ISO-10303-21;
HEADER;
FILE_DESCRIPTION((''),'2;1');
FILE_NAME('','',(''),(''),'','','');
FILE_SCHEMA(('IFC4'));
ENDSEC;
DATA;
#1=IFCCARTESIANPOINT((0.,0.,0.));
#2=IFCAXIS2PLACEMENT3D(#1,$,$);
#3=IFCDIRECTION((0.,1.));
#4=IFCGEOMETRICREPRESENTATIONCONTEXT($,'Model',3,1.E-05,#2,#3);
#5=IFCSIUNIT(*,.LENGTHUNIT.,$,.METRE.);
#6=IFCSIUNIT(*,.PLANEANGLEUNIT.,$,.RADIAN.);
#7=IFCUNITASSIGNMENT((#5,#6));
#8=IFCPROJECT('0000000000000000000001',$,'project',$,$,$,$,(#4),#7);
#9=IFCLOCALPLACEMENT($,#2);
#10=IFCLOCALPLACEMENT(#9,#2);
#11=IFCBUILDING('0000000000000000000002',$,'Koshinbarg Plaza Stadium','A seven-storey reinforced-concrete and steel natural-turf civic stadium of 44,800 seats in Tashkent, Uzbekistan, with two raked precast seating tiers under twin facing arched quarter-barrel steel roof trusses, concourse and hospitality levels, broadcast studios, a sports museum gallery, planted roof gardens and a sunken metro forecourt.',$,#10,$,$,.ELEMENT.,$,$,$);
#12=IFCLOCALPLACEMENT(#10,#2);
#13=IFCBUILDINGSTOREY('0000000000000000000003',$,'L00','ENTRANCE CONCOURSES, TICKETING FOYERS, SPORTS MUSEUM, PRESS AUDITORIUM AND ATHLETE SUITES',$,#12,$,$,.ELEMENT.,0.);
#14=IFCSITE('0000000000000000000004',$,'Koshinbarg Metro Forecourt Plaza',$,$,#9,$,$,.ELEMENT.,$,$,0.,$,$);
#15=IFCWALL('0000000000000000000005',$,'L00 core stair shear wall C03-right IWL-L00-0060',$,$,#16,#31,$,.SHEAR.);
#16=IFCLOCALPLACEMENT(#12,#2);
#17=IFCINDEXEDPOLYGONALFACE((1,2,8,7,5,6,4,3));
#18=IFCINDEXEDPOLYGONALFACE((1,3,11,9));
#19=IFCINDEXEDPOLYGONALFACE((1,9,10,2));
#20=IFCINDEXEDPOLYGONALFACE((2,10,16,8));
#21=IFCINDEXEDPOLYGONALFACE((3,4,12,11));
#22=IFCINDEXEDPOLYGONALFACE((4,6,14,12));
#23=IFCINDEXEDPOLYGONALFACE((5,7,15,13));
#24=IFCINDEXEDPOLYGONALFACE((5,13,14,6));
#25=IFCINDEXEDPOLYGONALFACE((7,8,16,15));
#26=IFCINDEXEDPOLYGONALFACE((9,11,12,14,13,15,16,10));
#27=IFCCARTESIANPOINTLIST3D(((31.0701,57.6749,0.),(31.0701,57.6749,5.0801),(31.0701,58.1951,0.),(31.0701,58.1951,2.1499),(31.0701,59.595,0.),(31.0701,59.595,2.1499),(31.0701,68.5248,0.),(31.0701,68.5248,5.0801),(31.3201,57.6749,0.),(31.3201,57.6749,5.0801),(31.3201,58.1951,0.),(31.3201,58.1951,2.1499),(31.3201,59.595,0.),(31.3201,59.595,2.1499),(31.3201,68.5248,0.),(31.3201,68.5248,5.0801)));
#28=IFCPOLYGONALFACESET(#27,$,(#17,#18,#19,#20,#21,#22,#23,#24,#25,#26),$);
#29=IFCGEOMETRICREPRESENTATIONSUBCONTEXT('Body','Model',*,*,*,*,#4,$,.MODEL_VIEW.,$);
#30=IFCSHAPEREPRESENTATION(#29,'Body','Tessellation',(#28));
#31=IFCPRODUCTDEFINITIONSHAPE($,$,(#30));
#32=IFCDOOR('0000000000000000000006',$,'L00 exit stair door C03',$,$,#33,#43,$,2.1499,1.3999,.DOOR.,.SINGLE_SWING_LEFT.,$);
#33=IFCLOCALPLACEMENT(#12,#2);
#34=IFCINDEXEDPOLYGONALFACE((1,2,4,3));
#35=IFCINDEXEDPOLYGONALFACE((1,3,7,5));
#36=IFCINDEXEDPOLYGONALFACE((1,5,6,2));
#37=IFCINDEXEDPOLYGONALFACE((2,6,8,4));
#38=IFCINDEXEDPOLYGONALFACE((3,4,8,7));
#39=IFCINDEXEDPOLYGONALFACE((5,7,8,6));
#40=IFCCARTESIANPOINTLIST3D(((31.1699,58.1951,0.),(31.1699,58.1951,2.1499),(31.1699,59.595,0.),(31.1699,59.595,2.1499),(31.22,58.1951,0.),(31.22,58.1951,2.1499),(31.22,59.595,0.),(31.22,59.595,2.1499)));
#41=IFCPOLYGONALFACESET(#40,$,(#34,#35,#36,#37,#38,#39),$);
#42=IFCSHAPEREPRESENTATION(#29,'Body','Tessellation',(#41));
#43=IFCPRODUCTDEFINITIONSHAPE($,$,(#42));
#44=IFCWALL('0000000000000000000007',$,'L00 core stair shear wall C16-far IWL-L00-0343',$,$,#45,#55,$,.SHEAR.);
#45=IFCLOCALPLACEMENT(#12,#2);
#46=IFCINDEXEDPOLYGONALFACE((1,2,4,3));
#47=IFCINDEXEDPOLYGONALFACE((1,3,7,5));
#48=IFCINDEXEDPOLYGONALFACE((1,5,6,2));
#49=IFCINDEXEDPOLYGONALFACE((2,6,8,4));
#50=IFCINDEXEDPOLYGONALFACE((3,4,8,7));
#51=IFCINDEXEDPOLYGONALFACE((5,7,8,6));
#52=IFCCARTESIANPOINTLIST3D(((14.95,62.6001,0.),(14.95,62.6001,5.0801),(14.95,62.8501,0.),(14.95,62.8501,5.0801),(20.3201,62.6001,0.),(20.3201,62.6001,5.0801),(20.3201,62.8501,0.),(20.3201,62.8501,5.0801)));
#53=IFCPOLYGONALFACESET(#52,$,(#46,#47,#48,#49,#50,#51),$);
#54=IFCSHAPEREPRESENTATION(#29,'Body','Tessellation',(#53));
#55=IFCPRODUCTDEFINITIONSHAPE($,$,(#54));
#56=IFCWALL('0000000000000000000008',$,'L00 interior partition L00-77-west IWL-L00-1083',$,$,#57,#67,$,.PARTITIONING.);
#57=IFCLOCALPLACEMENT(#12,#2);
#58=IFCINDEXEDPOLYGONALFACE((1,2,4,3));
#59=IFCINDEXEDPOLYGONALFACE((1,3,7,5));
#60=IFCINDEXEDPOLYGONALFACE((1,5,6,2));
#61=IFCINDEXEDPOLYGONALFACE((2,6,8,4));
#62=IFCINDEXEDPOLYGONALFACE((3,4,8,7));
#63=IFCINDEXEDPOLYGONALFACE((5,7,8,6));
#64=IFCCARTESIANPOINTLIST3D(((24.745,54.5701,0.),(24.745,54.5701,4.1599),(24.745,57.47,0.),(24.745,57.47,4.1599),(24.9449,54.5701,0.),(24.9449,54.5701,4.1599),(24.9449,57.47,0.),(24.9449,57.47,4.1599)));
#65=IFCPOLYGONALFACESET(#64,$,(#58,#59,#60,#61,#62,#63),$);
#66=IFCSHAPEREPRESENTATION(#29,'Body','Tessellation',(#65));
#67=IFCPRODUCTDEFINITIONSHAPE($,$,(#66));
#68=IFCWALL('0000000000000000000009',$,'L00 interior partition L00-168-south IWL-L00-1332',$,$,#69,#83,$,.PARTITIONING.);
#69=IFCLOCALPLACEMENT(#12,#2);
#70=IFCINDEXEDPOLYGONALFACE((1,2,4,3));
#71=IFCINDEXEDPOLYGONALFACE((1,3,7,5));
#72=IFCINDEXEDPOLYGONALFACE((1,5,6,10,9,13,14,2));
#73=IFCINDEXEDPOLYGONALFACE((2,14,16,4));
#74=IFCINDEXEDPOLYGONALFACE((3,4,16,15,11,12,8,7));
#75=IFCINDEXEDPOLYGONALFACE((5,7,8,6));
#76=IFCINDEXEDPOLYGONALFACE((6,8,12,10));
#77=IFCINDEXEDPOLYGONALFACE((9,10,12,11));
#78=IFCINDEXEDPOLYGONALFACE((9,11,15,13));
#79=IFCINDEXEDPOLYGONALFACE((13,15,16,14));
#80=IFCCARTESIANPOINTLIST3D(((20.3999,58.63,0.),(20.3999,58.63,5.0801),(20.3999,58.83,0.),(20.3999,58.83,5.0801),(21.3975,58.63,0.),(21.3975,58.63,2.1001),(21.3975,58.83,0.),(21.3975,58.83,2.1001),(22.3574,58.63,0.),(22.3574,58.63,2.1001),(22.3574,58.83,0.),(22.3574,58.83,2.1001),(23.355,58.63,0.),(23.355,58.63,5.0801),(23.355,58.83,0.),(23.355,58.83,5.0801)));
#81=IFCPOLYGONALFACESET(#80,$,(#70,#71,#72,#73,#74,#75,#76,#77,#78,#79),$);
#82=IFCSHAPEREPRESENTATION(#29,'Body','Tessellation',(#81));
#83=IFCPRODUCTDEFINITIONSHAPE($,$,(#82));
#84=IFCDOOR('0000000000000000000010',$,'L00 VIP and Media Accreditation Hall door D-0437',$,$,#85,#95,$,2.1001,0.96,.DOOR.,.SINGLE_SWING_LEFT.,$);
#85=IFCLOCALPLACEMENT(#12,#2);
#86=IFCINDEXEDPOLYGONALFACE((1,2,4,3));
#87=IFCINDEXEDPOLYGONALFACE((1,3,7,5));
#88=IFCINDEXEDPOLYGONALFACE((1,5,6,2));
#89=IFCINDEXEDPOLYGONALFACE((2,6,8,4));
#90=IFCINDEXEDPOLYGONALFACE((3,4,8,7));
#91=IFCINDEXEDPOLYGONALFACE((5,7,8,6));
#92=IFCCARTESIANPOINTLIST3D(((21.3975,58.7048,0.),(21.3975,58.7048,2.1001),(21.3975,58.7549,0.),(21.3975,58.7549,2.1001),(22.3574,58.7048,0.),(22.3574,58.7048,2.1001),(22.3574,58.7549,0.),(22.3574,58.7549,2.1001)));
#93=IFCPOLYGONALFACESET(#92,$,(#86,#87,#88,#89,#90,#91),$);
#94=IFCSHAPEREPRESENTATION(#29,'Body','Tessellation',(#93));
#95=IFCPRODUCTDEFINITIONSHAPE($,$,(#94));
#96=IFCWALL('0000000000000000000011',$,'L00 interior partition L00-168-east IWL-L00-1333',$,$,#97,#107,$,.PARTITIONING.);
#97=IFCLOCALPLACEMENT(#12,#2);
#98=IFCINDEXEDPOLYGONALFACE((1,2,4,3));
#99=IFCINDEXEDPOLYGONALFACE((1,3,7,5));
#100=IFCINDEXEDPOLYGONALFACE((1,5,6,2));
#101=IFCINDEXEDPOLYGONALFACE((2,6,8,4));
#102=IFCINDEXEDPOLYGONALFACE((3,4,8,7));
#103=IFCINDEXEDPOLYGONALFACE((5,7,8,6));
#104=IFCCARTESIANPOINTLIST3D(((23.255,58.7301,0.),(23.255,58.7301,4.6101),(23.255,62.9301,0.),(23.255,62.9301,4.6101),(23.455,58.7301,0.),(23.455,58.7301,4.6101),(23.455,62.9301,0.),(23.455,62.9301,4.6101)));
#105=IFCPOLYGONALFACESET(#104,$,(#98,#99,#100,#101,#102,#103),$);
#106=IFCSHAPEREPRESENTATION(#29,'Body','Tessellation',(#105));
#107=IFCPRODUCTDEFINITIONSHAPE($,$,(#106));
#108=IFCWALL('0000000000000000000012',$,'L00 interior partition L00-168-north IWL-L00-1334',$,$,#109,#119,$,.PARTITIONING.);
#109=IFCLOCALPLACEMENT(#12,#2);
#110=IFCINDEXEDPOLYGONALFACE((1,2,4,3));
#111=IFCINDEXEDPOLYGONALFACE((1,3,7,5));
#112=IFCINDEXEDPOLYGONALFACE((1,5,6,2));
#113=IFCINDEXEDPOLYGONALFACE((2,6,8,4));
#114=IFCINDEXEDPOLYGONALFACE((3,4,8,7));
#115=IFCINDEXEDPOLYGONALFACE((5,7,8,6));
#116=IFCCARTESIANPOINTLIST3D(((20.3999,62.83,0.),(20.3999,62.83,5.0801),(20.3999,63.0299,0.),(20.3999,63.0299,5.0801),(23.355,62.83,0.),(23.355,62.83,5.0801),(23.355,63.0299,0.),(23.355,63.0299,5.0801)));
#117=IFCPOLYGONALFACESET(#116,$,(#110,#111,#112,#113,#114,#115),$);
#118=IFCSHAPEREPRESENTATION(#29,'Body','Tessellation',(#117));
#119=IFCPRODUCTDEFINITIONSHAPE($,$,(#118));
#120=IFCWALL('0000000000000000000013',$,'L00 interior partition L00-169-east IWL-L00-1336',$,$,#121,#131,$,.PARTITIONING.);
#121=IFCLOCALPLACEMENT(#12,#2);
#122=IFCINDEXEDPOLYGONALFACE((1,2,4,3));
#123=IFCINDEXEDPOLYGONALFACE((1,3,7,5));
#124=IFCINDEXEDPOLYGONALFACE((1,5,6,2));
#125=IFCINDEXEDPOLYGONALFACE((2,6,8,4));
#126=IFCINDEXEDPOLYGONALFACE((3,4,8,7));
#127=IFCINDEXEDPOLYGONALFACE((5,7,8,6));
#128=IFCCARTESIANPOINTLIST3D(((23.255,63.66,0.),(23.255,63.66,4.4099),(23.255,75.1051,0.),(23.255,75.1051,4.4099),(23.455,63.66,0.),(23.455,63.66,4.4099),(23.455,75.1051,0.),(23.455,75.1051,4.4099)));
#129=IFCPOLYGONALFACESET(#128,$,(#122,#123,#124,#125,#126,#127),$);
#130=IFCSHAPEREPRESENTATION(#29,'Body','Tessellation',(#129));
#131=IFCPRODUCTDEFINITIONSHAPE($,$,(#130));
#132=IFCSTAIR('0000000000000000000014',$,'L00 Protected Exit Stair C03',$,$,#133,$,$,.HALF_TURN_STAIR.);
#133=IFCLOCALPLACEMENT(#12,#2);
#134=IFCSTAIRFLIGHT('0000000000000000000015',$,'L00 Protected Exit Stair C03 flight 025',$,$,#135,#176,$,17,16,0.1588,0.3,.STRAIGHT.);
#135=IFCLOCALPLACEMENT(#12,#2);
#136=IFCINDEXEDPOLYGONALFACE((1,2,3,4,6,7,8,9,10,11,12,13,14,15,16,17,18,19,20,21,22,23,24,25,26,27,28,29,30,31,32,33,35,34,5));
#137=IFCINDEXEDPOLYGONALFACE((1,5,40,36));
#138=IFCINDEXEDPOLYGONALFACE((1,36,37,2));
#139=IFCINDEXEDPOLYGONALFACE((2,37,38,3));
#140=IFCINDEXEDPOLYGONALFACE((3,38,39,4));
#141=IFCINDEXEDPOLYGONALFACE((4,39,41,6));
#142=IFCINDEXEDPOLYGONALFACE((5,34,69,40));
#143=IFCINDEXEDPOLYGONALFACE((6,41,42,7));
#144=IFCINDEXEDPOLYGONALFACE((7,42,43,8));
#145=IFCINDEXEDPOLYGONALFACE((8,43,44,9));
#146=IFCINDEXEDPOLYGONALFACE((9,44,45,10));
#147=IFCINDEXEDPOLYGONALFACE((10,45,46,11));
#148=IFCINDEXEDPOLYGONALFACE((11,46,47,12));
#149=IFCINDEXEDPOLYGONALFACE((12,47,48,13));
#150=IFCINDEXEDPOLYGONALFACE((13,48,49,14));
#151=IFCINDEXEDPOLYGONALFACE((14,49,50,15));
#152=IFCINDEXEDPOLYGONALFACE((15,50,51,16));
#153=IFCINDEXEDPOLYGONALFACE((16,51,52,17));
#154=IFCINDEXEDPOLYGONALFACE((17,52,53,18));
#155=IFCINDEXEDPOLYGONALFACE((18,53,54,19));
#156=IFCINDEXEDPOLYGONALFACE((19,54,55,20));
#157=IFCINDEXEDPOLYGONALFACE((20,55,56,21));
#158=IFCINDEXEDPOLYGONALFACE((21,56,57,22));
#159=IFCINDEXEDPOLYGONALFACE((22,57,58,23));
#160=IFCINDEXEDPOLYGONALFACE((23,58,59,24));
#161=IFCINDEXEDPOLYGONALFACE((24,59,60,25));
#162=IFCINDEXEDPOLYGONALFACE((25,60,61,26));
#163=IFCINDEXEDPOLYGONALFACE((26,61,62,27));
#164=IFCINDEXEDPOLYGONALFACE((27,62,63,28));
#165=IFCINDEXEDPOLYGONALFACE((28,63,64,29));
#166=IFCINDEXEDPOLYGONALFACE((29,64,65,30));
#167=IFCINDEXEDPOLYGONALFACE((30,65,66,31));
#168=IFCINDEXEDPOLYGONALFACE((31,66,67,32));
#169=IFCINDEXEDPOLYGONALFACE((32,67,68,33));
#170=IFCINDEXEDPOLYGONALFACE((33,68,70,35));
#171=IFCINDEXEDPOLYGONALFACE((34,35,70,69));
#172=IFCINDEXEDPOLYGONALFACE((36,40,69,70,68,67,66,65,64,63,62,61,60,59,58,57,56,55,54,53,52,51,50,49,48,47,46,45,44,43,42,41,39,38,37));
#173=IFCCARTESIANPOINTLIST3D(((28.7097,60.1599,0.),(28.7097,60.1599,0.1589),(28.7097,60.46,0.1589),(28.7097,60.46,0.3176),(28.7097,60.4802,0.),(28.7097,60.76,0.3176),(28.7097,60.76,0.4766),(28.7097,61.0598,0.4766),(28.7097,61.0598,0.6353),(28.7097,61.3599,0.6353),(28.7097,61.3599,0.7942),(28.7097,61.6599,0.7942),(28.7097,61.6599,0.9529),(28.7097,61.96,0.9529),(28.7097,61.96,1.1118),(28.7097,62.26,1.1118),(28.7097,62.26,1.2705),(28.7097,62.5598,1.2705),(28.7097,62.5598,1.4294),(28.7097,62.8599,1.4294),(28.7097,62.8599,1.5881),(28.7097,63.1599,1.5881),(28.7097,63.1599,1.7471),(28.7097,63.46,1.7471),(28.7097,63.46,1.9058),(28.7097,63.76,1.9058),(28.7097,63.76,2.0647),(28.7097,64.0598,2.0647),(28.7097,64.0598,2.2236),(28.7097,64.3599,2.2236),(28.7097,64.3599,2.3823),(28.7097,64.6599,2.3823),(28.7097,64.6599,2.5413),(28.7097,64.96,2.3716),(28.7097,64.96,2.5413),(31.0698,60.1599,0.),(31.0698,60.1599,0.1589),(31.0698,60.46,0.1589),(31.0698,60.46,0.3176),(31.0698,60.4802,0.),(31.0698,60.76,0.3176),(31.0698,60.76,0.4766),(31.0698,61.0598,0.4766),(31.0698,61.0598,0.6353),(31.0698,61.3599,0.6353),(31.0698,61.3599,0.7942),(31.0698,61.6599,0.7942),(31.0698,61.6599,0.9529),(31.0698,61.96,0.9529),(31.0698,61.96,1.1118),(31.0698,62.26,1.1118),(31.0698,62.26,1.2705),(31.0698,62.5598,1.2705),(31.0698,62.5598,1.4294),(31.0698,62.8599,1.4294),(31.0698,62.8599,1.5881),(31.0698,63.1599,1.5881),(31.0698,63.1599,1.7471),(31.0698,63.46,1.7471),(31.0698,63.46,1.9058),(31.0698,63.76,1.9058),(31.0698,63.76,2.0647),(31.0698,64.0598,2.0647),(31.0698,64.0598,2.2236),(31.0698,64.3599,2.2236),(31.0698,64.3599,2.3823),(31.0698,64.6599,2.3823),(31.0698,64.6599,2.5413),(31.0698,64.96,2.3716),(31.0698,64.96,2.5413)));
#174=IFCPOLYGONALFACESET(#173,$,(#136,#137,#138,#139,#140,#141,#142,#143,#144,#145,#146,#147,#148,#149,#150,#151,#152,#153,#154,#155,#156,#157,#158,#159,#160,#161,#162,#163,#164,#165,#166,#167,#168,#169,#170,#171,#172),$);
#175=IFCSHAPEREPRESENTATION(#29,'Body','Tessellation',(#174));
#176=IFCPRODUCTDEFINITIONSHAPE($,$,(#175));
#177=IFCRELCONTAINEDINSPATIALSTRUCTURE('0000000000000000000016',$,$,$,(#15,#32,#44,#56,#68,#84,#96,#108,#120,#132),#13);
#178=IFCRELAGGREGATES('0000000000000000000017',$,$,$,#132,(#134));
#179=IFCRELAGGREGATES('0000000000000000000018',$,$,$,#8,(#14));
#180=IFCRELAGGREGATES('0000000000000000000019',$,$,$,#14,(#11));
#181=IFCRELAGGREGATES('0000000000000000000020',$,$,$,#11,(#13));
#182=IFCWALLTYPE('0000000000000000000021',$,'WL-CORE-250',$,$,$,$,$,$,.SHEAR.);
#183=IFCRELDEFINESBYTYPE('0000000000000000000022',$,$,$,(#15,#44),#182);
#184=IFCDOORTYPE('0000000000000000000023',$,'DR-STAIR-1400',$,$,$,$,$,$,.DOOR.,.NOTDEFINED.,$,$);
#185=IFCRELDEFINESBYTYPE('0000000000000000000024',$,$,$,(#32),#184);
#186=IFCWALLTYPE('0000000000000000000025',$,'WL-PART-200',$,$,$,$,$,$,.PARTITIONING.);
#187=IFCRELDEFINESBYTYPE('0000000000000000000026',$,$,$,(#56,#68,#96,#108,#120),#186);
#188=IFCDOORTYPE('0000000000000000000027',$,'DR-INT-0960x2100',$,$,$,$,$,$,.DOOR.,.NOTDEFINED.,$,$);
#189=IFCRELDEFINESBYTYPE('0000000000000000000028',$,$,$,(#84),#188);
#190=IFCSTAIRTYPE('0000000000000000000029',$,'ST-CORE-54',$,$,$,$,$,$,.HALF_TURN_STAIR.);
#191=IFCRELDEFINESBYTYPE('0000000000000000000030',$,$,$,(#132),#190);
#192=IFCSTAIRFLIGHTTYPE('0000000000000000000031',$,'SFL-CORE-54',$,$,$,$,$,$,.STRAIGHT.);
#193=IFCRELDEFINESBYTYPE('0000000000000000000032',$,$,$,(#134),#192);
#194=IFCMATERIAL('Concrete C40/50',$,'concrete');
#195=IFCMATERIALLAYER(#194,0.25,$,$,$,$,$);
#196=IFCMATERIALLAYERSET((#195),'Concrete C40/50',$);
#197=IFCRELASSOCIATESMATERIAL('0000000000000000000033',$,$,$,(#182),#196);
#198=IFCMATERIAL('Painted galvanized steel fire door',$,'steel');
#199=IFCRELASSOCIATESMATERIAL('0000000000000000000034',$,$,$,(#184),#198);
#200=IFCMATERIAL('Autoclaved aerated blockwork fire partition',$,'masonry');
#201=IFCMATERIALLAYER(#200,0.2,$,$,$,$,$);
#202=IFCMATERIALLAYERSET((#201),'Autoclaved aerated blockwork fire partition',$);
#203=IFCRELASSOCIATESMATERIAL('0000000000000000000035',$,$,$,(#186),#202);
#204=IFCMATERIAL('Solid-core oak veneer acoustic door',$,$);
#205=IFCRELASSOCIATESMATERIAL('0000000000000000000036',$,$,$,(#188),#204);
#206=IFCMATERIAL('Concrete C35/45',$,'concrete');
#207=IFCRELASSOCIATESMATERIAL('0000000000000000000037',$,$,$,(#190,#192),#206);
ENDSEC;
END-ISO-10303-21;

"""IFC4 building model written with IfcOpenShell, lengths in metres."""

from ifc_helpers import new_model, si_unit, direction, frame, frame_2d, origin, place, context, subcontext, project, spatial, polyline, rectangle, outline, extrude, material, layer, layer_set, type_object, element, fill, aggregate, save


model = new_model("IFC4")

# Units and contexts
model_context = context("Model", 3, precision=1e-05, world=origin(), true_north=direction((0.0, 1.0)))
body_context = subcontext(model_context, "Body", "Model", "MODEL_VIEW")
ifc_project = project(units=[si_unit("LENGTHUNIT", "METRE"), si_unit("PLANEANGLEUNIT", "RADIAN")], contexts=[model_context])

# Site, building, storey
site_placement = place(None, origin())
site = spatial("IfcSite", under=ifc_project, at=site_placement, Name="Koshinbarg Metro Forecourt Plaza", CompositionType="ELEMENT", RefElevation=0.0)
building_placement = place(site_placement, origin())
building = spatial("IfcBuilding", under=site, at=building_placement, Name="Koshinbarg Plaza Stadium", Description="A seven-storey reinforced-concrete and steel natural-turf civic stadium of 44,800 seats in Tashkent, Uzbekistan, with two raked precast seating tiers under twin facing arched quarter-barrel steel roof trusses, concourse and hospitality levels, broadcast studios, a sports museum gallery, planted roof gardens and a sunken metro forecourt.", CompositionType="ELEMENT")
storey_placement = place(building_placement, origin())
storey = spatial("IfcBuildingStorey", under=building, at=storey_placement, Name="L00", Description="ENTRANCE CONCOURSES, TICKETING FOYERS, SPORTS MUSEUM, PRESS AUDITORIUM AND ATHLETE SUITES", CompositionType="ELEMENT", Elevation=0.0)

# Shared definitions
ifc_material_1 = material(Name="Concrete C35/45", Category="concrete")

# Shared definitions
ifc_material_2 = material(Name="Concrete C40/50", Category="concrete")
ifc_layer_1 = layer(ifc_material_2, 0.25)
ifc_layer_set_1 = layer_set([ifc_layer_1], Name="Concrete C40/50")
wall_type_1 = type_object("IfcWallType", Name="WL-CORE-250", PredefinedType="SHEAR", material=ifc_layer_set_1)

# Wall, opening, door
wall_1_placement = place(storey_placement, frame((31.1951, 57.675, 0.0), z_axis=(0.0, 0.0, 1.0), x_axis=(0.0, 1.0, 0.0)))
wall_1 = element("IfcWall", 1, at=wall_1_placement, inside=storey, type_object=wall_type_1, Name="L00 core stair shear wall C03-right IWL-L00-0060", PredefinedType="SHEAR", context=body_context, shape_type="SweptSolid", body=[
    extrude(rectangle(XDim=10.8499, YDim=0.25, at=frame_2d((5.4248, 0.0))), origin(), (0.0, 0.0, 1.0), 5.0801),
])
opening_1_placement = place(wall_1_placement, frame((0.52, 0.0, 0.0)))
opening_1 = element("IfcOpeningElement", 2, at=opening_1_placement, cuts=wall_1, PredefinedType="OPENING", context=body_context, shape_type="SweptSolid", body=[
    extrude(rectangle(XDim=1.3999, YDim=2.1499, at=frame_2d((0.7, 1.075))), frame((0.0, 0.135, 0.0), z_axis=(0.0, -1.0, 0.0), x_axis=(1.0, 0.0, 0.0)), (0.0, 0.0, 1.0), 0.27),
])
ifc_material_3 = material(Name="Painted galvanized steel fire door", Category="steel")
door_type_1 = type_object("IfcDoorType", Name="DR-STAIR-1400", OperationType="NOTDEFINED", PredefinedType="DOOR", material=ifc_material_3)
door_1_placement = place(opening_1_placement, frame((1.3999, 0.0, 0.0), z_axis=(0.0, 0.0, 1.0), x_axis=(-1.0, 0.0, 0.0)))
door_1 = element("IfcDoor", 3, at=door_1_placement, inside=storey, type_object=door_type_1, Name="L00 exit stair door C03", OperationType="SINGLE_SWING_LEFT", OverallHeight=2.1499, OverallWidth=1.3999, PredefinedType="DOOR", context=body_context, shape_type="SweptSolid", body=[
    extrude(rectangle(XDim=1.3999, YDim=2.1499, at=frame_2d((0.7, 1.075))), frame((0.0, 0.0249, 0.0), z_axis=(0.0, -1.0, 0.0), x_axis=(1.0, 0.0, 0.0)), (0.0, 0.0, 1.0), 0.05),
])
fill(opening_1, door_1)

# Walls
wall_2_placement = place(storey_placement, frame((20.3201, 62.7251, 0.0), z_axis=(0.0, 0.0, 1.0), x_axis=(-1.0, 0.0, 0.0)))
element("IfcWall", 4, at=wall_2_placement, inside=storey, type_object=wall_type_1, Name="L00 core stair shear wall C16-far IWL-L00-0343", PredefinedType="SHEAR", context=body_context, shape_type="SweptSolid", body=[
    extrude(rectangle(XDim=5.3701, YDim=0.25, at=frame_2d((2.6851, 0.0))), origin(), (0.0, 0.0, 1.0), 5.0801),
])
ifc_material_4 = material(Name="Autoclaved aerated blockwork fire partition", Category="masonry")
ifc_layer_2 = layer(ifc_material_4, 0.2)
ifc_layer_set_2 = layer_set([ifc_layer_2], Name="Autoclaved aerated blockwork fire partition")
wall_type_2 = type_object("IfcWallType", Name="WL-PART-200", PredefinedType="PARTITIONING", material=ifc_layer_set_2)
wall_3_placement = place(storey_placement, frame((24.845, 57.47, 0.0), z_axis=(0.0, 0.0, 1.0), x_axis=(0.0, -1.0, 0.0)))
element("IfcWall", 5, at=wall_3_placement, inside=storey, type_object=wall_type_2, Name="L00 interior partition L00-77-west IWL-L00-1083", PredefinedType="PARTITIONING", context=body_context, shape_type="SweptSolid", body=[
    extrude(rectangle(XDim=2.8999, YDim=0.2, at=frame_2d((1.45, 0.0))), origin(), (0.0, 0.0, 1.0), 4.1599),
])

# Wall, opening, door
wall_4_placement = place(storey_placement, frame((20.3999, 58.73, 0.0), z_axis=(0.0, 0.0, 1.0), x_axis=(1.0, 0.0, 0.0)))
wall_4 = element("IfcWall", 6, at=wall_4_placement, inside=storey, type_object=wall_type_2, Name="L00 interior partition L00-168-south IWL-L00-1332", PredefinedType="PARTITIONING", context=body_context, shape_type="SweptSolid", body=[
    extrude(rectangle(XDim=2.9551, YDim=0.2, at=frame_2d((1.4775, 0.0))), origin(), (0.0, 0.0, 1.0), 5.0801),
])
opening_2_placement = place(wall_4_placement, frame((0.9976, 0.0, 0.0)))
opening_2 = element("IfcOpeningElement", 7, at=opening_2_placement, cuts=wall_4, PredefinedType="OPENING", context=body_context, shape_type="SweptSolid", body=[
    extrude(rectangle(XDim=0.96, YDim=2.1001, at=frame_2d((0.48, 1.05))), frame((0.0, 0.1099, 0.0), z_axis=(0.0, -1.0, 0.0), x_axis=(1.0, 0.0, 0.0)), (0.0, 0.0, 1.0), 0.22),
])
ifc_material_5 = material(Name="Solid-core oak veneer acoustic door")
door_type_2 = type_object("IfcDoorType", Name="DR-INT-0960x2100", OperationType="NOTDEFINED", PredefinedType="DOOR", material=ifc_material_5)
door_2_placement = place(opening_2_placement, origin())
door_2 = element("IfcDoor", 8, at=door_2_placement, inside=storey, type_object=door_type_2, Name="L00 VIP and Media Accreditation Hall door D-0437", OperationType="SINGLE_SWING_LEFT", OverallHeight=2.1001, OverallWidth=0.96, PredefinedType="DOOR", context=body_context, shape_type="SweptSolid", body=[
    extrude(rectangle(XDim=0.96, YDim=2.1001, at=frame_2d((0.48, 1.05))), frame((0.0, 0.0249, 0.0), z_axis=(0.0, -1.0, 0.0), x_axis=(1.0, 0.0, 0.0)), (0.0, 0.0, 1.0), 0.05),
])
fill(opening_2, door_2)

# Walls
wall_5_placement = place(storey_placement, frame((23.355, 58.73, 0.0), z_axis=(0.0, 0.0, 1.0), x_axis=(0.0, 1.0, 0.0)))
element("IfcWall", 9, at=wall_5_placement, inside=storey, type_object=wall_type_2, Name="L00 interior partition L00-168-east IWL-L00-1333", PredefinedType="PARTITIONING", context=body_context, shape_type="SweptSolid", body=[
    extrude(rectangle(XDim=4.2, YDim=0.2, at=frame_2d((2.1001, 0.0))), origin(), (0.0, 0.0, 1.0), 4.6101),
])
wall_6_placement = place(storey_placement, frame((23.355, 62.9299, 0.0), z_axis=(0.0, 0.0, 1.0), x_axis=(-1.0, 0.0, 0.0)))
element("IfcWall", 10, at=wall_6_placement, inside=storey, type_object=wall_type_2, Name="L00 interior partition L00-168-north IWL-L00-1334", PredefinedType="PARTITIONING", context=body_context, shape_type="SweptSolid", body=[
    extrude(rectangle(XDim=2.9551, YDim=0.2, at=frame_2d((1.4775, 0.0))), origin(), (0.0, 0.0, 1.0), 5.0801),
])
wall_7_placement = place(storey_placement, frame((23.355, 63.6599, 0.0), z_axis=(0.0, 0.0, 1.0), x_axis=(0.0, 1.0, 0.0)))
element("IfcWall", 11, at=wall_7_placement, inside=storey, type_object=wall_type_2, Name="L00 interior partition L00-169-east IWL-L00-1336", PredefinedType="PARTITIONING", context=body_context, shape_type="SweptSolid", body=[
    extrude(rectangle(XDim=11.4451, YDim=0.2, at=frame_2d((5.7227, 0.0))), origin(), (0.0, 0.0, 1.0), 4.4099),
])

# Stair, stair flight
stair_type = type_object("IfcStairType", Name="ST-CORE-54", PredefinedType="HALF_TURN_STAIR", material=ifc_material_1)
stair_1_placement = place(storey_placement, origin())
stair_1 = element("IfcStair", 12, at=stair_1_placement, inside=storey, type_object=stair_type, Name="L00 Protected Exit Stair C03", PredefinedType="HALF_TURN_STAIR")
stair_flight_type = type_object("IfcStairFlightType", Name="SFL-CORE-54", PredefinedType="STRAIGHT", material=ifc_material_1)
stair_flight_1_placement = place(storey_placement, frame((29.8899, 60.1599, 0.0), z_axis=(0.0, 0.0, 1.0), x_axis=(0.0, 1.0, 0.0)))
stair_flight_1 = element("IfcStairFlight", 13, at=stair_flight_1_placement, type_object=stair_flight_type, Name="L00 Protected Exit Stair C03 flight 025", NumberOfRisers=17, NumberOfTreads=16, PredefinedType="STRAIGHT", RiserHeight=0.1588, TreadLength=0.3, context=body_context, shape_type="SweptSolid", body=[
    extrude(outline(polyline([(0.0, 0.0), (0.0, 0.1589), (0.3, 0.1589), (0.3, 0.3176), (0.6001, 0.3176), (0.6001, 0.4766), (0.8999, 0.4766), (0.8999, 0.6353), (1.2, 0.6353), (1.2, 0.7942), (1.5, 0.7942), (1.5, 0.9529), (1.8, 0.9529), (1.8, 1.1118), (2.1001, 1.1118), (2.1001, 1.2705), (2.3999, 1.2705), (2.3999, 1.4294), (2.7, 1.4294), (2.7, 1.5881), (3.0, 1.5881), (3.0, 1.7471), (3.3, 1.7471), (3.3, 1.9058), (3.6001, 1.9058), (3.6001, 2.0647), (3.8999, 2.0647), (3.8999, 2.2236), (4.2, 2.2236), (4.2, 2.3823), (4.5, 2.3823), (4.5, 2.5413), (4.8, 2.5413), (4.8, 2.7), (4.8, 2.3716), (0.3203, 0.0), (0.0, 0.0)])), frame((0.0, 1.1802, 0.0), z_axis=(0.0, -1.0, 0.0), x_axis=(1.0, 0.0, 0.0)), (0.0, 0.0, 1.0), 2.3601),
])
aggregate(stair_1, [stair_flight_1])

save(model, "model.ifc")
